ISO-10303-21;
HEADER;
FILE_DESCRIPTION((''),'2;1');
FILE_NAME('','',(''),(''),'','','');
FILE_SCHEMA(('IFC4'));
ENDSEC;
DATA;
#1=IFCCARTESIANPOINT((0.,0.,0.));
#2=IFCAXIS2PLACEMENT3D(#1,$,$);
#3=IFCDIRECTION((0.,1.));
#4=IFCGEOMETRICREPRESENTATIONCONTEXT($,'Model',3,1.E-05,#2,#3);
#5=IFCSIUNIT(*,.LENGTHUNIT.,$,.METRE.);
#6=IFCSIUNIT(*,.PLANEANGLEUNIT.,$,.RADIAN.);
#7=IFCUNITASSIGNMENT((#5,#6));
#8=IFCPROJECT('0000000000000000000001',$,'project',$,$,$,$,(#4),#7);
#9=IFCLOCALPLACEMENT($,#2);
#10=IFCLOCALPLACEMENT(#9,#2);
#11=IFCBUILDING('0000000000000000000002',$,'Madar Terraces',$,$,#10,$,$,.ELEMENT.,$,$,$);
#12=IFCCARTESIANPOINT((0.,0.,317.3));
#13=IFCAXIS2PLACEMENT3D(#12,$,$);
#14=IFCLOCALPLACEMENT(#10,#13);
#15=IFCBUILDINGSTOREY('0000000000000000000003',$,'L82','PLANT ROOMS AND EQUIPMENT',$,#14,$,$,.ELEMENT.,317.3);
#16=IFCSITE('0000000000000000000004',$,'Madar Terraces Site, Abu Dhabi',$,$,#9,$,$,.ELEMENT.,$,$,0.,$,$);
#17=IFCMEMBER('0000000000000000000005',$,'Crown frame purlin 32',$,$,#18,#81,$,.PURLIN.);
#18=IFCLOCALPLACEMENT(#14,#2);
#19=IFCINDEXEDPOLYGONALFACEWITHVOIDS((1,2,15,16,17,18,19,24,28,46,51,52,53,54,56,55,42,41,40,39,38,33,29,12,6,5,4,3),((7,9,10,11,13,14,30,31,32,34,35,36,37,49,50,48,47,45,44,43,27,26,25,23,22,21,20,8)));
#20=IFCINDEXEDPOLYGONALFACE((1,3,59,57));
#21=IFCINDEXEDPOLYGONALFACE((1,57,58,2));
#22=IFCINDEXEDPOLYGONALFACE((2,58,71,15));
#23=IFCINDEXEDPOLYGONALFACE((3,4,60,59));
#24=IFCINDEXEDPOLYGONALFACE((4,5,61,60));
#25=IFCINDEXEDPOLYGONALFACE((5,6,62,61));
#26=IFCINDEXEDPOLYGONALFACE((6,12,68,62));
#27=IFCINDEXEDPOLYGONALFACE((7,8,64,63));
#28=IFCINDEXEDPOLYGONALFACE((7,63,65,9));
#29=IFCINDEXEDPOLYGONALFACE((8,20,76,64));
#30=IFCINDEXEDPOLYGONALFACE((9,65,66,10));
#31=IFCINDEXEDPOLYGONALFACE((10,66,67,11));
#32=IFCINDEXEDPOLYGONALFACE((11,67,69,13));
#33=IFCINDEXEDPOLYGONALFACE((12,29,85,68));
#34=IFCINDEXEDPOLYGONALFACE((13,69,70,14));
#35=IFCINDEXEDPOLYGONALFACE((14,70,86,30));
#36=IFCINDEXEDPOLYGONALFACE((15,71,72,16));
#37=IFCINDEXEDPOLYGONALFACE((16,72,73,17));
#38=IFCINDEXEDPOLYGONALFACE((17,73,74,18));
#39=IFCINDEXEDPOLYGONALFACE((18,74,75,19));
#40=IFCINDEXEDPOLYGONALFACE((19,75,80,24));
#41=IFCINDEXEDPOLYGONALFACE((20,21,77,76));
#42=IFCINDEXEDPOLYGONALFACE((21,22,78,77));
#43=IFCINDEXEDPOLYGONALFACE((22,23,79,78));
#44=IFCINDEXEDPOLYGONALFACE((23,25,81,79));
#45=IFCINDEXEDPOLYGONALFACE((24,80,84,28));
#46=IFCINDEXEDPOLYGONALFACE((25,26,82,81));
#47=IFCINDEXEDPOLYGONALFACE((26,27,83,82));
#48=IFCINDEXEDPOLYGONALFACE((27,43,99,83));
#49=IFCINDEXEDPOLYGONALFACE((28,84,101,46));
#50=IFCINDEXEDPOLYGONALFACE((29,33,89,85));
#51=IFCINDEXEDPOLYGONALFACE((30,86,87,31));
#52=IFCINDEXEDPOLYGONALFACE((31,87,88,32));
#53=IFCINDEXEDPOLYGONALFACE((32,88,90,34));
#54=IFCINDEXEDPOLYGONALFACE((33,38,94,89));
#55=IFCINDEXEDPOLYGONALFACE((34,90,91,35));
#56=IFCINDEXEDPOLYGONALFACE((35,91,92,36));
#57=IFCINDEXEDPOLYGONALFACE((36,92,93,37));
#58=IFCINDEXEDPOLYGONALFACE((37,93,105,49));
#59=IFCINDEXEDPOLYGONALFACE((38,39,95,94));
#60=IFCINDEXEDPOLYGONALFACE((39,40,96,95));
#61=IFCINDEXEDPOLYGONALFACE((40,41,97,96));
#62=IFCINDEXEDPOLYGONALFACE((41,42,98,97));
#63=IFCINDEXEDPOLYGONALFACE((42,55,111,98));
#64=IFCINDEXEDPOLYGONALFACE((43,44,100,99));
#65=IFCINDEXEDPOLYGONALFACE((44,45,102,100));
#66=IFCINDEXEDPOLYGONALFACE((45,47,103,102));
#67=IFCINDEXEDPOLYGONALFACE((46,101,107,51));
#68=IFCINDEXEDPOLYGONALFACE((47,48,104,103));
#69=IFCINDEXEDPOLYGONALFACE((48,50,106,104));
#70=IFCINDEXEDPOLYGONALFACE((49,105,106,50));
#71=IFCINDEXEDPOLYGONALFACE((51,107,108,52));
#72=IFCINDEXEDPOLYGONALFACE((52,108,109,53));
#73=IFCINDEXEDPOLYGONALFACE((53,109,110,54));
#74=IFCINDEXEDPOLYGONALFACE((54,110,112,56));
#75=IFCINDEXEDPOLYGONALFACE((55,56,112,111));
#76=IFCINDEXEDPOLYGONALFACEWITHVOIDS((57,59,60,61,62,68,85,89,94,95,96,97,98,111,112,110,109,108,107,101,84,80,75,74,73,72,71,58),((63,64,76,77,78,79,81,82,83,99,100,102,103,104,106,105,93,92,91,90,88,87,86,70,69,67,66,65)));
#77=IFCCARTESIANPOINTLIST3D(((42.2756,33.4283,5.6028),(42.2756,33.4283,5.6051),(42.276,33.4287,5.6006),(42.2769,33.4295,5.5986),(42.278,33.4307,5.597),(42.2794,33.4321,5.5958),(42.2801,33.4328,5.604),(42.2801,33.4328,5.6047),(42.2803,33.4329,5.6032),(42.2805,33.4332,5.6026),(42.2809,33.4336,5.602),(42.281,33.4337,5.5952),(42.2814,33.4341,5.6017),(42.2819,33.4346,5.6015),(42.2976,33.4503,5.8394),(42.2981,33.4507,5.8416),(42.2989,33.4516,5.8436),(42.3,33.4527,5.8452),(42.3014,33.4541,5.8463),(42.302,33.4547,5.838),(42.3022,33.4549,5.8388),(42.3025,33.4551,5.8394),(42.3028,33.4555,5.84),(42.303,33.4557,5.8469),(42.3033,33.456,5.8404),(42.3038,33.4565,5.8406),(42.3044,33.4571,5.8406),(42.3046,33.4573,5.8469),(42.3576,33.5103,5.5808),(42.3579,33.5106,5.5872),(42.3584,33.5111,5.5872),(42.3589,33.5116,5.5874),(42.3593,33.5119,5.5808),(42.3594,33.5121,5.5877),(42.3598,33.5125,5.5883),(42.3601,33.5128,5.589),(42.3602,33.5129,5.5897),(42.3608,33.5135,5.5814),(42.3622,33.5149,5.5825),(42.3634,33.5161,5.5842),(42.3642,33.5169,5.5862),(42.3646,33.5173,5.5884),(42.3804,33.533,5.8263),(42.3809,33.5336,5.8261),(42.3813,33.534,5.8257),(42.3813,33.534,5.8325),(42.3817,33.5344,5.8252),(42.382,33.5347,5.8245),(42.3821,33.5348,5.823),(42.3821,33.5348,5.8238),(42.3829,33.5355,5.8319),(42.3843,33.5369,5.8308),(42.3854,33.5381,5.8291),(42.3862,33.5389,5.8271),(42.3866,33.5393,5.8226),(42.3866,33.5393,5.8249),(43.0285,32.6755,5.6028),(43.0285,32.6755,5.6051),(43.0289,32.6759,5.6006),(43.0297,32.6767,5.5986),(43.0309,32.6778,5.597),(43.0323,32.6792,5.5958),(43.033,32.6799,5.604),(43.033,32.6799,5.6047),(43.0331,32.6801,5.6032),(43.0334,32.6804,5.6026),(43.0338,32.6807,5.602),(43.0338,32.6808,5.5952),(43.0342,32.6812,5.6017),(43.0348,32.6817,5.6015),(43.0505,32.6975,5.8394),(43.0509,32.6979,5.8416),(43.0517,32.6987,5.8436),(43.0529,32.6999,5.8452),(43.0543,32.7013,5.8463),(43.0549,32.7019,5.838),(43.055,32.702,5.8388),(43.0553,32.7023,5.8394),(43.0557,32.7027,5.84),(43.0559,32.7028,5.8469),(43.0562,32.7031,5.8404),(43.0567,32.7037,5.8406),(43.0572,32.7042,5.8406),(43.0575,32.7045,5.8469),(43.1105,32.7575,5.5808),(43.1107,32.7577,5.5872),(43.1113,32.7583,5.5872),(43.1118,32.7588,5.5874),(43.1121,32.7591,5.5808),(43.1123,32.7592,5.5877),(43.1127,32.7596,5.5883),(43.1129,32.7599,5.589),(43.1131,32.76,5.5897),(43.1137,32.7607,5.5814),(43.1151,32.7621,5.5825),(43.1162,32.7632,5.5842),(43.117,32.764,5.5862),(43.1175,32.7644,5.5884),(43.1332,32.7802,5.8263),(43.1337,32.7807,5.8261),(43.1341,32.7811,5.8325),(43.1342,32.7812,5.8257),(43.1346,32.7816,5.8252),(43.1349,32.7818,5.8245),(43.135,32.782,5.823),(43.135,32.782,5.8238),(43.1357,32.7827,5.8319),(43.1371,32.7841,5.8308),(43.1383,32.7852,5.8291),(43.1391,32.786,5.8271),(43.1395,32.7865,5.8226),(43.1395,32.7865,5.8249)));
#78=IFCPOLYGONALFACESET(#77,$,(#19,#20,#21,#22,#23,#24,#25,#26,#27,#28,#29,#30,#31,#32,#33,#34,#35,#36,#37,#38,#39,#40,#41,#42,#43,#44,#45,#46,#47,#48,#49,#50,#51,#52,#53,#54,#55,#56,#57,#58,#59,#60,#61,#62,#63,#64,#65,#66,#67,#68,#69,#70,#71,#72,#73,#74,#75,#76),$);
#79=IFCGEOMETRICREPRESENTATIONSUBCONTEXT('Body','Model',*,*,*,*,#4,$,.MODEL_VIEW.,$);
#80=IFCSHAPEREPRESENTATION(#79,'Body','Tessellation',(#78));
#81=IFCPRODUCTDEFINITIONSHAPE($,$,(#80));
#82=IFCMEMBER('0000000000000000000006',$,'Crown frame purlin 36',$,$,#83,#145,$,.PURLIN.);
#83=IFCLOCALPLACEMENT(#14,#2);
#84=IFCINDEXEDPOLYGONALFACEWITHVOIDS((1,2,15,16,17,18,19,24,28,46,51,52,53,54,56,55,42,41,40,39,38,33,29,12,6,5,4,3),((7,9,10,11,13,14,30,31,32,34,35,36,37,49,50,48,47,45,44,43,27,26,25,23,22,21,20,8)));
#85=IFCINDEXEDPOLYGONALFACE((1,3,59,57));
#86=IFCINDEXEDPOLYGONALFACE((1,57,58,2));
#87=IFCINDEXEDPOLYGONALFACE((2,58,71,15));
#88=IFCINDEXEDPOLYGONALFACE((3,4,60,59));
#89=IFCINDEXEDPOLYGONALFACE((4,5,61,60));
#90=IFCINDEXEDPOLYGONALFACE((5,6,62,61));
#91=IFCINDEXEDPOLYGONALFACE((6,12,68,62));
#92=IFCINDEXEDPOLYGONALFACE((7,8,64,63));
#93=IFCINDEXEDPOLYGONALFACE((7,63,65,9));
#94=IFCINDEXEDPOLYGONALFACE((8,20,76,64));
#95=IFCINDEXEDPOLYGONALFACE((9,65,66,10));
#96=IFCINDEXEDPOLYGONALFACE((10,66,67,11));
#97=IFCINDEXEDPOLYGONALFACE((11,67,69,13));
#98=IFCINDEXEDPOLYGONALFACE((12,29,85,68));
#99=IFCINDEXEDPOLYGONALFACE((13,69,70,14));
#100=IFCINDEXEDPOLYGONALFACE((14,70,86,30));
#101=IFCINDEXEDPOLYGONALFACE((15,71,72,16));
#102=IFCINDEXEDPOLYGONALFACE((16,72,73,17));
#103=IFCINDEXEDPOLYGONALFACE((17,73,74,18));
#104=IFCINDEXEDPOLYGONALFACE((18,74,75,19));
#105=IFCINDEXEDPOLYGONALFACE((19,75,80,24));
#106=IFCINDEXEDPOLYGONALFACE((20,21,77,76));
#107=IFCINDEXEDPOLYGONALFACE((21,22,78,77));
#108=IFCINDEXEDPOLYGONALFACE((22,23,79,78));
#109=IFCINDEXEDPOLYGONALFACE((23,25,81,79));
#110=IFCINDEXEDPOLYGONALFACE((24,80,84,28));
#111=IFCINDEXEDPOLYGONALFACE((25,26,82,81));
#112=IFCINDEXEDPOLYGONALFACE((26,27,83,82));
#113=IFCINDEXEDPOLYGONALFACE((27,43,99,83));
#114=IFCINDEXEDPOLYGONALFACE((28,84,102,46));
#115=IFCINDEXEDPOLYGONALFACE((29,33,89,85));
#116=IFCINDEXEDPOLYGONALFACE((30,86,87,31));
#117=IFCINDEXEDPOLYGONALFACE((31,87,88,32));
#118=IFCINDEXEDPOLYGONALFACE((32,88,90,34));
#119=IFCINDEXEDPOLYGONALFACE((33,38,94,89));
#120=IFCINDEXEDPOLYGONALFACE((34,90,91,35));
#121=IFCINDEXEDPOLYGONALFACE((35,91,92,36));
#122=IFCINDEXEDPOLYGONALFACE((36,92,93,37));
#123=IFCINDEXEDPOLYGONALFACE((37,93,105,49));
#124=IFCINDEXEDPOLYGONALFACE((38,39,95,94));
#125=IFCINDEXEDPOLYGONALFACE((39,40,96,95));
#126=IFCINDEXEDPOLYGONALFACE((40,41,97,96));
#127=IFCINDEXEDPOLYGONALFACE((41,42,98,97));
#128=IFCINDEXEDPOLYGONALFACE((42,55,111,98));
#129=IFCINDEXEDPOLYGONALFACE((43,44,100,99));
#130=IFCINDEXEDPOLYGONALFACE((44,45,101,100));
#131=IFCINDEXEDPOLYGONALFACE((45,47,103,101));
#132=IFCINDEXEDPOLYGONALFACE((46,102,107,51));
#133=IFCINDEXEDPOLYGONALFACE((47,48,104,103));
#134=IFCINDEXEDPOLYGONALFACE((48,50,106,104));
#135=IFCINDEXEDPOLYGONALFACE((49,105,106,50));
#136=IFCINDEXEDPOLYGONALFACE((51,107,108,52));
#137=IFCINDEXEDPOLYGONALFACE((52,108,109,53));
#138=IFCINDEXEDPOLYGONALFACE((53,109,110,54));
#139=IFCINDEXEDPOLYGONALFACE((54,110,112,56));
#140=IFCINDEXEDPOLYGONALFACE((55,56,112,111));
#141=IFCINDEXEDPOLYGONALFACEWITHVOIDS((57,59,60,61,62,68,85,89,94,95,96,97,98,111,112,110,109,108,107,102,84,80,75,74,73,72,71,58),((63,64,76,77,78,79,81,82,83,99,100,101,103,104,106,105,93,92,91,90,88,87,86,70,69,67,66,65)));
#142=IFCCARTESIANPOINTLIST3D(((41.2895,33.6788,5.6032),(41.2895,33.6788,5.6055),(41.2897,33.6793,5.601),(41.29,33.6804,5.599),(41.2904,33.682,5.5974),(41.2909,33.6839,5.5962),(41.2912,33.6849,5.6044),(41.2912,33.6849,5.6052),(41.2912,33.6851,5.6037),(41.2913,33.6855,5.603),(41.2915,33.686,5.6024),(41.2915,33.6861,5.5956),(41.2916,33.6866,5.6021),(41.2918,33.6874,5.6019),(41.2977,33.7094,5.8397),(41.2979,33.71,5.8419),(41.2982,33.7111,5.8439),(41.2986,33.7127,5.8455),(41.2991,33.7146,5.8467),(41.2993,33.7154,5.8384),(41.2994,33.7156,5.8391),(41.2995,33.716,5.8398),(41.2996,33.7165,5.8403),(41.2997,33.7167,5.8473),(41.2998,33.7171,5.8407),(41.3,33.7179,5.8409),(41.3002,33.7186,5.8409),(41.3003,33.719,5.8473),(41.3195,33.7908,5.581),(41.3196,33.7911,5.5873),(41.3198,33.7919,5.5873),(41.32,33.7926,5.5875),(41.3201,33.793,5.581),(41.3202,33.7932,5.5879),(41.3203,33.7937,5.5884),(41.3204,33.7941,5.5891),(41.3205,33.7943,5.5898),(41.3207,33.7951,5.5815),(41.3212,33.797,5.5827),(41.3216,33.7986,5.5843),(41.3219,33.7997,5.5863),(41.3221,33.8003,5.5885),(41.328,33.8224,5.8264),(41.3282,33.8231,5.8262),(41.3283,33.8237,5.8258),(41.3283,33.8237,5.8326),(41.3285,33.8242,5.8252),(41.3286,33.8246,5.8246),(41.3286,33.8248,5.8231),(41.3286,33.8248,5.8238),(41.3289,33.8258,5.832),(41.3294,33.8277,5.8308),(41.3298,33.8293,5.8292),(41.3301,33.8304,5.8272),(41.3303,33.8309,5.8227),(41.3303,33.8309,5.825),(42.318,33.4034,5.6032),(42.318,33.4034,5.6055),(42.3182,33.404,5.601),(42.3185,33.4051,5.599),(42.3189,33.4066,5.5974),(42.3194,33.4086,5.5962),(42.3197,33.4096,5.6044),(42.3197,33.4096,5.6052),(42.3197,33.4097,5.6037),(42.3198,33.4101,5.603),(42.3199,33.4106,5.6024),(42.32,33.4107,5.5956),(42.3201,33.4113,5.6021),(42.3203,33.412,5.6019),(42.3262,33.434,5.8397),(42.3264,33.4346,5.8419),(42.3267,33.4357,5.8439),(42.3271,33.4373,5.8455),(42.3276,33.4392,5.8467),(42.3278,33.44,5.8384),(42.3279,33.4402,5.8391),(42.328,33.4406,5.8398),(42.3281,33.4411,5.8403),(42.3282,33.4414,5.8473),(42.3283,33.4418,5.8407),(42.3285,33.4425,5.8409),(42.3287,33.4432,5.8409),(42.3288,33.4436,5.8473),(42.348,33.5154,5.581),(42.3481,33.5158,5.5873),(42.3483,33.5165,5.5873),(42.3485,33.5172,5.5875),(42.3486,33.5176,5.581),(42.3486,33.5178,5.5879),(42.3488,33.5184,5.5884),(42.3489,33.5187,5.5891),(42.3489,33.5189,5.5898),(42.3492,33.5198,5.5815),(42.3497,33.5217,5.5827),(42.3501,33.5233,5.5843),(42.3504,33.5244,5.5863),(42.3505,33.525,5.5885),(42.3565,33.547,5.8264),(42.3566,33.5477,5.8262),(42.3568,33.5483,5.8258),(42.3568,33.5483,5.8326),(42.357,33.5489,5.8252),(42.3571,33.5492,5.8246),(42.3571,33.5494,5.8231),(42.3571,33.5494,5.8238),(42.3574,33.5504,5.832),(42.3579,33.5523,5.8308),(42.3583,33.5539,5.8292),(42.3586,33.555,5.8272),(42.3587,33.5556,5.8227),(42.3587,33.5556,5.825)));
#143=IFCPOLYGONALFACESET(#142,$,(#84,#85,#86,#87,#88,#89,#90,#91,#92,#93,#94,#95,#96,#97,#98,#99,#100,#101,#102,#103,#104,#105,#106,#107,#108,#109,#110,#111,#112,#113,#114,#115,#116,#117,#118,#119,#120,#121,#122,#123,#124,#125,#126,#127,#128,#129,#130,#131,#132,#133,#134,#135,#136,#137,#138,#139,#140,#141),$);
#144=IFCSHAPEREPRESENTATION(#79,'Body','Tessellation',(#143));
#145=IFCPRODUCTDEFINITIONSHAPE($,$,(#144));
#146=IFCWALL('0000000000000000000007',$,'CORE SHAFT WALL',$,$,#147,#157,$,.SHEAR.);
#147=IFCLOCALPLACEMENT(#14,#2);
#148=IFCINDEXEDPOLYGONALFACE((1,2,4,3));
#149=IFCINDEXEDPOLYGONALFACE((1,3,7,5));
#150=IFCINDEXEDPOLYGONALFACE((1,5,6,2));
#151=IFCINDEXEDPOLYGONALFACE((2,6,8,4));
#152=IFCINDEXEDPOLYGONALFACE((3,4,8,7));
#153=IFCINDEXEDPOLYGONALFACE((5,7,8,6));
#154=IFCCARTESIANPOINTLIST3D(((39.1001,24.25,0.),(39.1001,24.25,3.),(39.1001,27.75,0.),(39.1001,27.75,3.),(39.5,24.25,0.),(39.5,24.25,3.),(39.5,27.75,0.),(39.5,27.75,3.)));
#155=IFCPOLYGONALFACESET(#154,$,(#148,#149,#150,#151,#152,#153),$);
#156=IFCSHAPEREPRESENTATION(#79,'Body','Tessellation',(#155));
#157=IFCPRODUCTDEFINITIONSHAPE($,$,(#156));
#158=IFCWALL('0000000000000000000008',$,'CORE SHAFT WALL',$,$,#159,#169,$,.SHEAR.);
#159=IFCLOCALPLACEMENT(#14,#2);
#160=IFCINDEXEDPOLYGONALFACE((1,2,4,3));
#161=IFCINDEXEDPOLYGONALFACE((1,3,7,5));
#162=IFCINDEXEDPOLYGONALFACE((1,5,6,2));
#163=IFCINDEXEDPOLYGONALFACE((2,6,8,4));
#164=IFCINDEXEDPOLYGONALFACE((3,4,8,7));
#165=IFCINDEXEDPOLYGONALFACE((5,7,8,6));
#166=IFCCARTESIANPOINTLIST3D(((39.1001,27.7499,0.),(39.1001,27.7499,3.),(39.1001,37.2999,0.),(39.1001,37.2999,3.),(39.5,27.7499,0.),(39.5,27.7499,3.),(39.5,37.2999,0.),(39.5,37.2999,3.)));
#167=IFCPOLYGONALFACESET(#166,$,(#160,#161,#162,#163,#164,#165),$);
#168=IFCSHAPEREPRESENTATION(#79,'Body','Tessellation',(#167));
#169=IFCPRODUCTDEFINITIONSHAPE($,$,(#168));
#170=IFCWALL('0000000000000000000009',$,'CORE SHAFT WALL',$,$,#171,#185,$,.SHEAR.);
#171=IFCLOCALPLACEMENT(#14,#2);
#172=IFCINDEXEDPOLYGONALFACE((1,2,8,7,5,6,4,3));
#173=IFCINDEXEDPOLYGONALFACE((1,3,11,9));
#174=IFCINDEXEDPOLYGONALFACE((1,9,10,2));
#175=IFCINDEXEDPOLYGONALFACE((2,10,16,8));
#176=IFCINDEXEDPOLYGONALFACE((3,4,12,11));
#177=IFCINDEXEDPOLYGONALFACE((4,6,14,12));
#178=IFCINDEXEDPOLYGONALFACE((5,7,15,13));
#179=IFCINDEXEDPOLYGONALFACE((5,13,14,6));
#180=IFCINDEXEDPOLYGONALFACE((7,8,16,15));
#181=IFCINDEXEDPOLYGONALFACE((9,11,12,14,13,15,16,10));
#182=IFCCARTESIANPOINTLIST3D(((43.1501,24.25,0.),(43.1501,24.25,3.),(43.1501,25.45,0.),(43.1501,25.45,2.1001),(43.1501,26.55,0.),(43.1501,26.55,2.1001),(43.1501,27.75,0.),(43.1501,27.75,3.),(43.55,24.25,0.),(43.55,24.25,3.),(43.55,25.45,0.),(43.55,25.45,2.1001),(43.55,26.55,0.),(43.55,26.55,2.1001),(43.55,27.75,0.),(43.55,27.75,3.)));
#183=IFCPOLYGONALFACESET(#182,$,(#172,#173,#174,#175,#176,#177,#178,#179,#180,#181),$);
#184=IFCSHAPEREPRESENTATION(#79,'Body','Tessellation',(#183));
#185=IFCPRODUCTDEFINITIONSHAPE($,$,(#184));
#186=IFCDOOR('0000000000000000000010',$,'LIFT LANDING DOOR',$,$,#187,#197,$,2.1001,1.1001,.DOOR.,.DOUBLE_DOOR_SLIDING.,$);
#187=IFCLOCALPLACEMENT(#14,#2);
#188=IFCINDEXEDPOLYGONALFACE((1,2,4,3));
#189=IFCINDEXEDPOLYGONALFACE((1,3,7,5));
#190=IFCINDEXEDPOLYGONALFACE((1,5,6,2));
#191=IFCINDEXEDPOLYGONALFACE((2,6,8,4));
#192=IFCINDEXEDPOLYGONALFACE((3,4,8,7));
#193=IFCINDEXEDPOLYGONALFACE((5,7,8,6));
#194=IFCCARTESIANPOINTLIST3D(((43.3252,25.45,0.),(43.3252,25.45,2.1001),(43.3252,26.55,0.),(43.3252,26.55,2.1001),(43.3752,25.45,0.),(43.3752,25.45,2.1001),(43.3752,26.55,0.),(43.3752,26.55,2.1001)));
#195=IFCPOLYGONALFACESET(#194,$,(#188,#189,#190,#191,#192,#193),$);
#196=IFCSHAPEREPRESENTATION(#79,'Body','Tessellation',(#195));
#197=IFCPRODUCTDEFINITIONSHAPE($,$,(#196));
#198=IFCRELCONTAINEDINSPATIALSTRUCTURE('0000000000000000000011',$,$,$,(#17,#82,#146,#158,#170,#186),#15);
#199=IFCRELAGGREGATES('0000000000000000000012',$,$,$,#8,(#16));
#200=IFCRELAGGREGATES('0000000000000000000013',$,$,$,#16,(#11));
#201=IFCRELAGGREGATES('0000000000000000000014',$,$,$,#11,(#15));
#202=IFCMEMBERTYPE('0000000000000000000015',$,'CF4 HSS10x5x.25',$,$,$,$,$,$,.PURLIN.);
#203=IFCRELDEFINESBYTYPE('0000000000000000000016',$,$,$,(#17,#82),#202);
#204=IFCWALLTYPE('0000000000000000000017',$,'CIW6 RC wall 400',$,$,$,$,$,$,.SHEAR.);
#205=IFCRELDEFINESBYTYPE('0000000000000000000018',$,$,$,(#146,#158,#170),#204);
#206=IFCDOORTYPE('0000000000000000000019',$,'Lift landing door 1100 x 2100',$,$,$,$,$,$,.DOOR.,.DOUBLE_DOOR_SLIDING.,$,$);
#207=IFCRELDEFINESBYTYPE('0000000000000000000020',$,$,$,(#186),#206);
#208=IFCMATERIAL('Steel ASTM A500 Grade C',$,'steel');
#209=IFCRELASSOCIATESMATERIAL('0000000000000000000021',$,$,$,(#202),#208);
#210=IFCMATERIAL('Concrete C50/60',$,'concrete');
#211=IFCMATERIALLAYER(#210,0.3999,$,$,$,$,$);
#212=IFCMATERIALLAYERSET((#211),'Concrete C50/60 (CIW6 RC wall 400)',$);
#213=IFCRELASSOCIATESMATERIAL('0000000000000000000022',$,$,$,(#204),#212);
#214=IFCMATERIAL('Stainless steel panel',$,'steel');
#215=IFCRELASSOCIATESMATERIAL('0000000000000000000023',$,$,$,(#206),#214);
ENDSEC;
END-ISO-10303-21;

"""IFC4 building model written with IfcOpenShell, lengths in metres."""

from ifc_helpers import new_model, si_unit, direction, frame, frame_2d, origin, origin_2d, place, context, subcontext, project, spatial, rectangle, hollow_rectangle, extrude, material, layer, layer_set, material_profile, profile_set, type_object, element, fill, save


model = new_model("IFC4")

# Units and contexts
model_context = context("Model", 3, precision=1e-05, world=origin(), true_north=direction((0.0, 1.0)))
body_context = subcontext(model_context, "Body", "Model", "MODEL_VIEW")
ifc_project = project(units=[si_unit("LENGTHUNIT", "METRE"), si_unit("PLANEANGLEUNIT", "RADIAN")], contexts=[model_context])

# Site, building, storey
site_placement = place(None, origin())
site = spatial("IfcSite", under=ifc_project, at=site_placement, Name="Madar Terraces Site, Abu Dhabi", CompositionType="ELEMENT", RefElevation=0.0)
building_placement = place(site_placement, origin())
building = spatial("IfcBuilding", under=site, at=building_placement, Name="Madar Terraces", CompositionType="ELEMENT")
storey_placement = place(building_placement, frame((0.0, 0.0, 317.3)))
storey = spatial("IfcBuildingStorey", under=building, at=storey_placement, Name="L82", Description="PLANT ROOMS AND EQUIPMENT", CompositionType="ELEMENT", Elevation=317.3)

# Members
ifc_material_1 = material(Name="Steel ASTM A500 Grade C", Category="steel")
ifc_material_profile = material_profile(ifc_material_1, hollow_rectangle(XDim=0.127, YDim=0.2539, WallThickness=0.0063, InnerFilletRadius=0.0029, OuterFilletRadius=0.0088, at=origin_2d()), Name="HSS10x5x.25")
ifc_profile_set = profile_set([ifc_material_profile], Name="Steel ASTM A500 Grade C")
member_type = type_object("IfcMemberType", Name="CF4 HSS10x5x.25", PredefinedType="PURLIN", material=ifc_profile_set)
for number, where, z_axis, x_axis, name in (
    (1, (43.084, 32.731, 5.7139), (-0.707107, 0.707107, 0.0), (-0.700941, -0.700941, 0.131765), "Crown frame purlin 32"),
    (2, (42.3384, 33.4795, 5.7141), (-0.965976, 0.258633, 0.0), (-0.256297, -0.957253, 0.134086), "Crown frame purlin 36"),
):
    element("IfcMember", number, at=place(storey_placement, frame(where, z_axis=z_axis, x_axis=x_axis)), inside=storey, type_object=member_type, Name=name, PredefinedType="PURLIN", context=body_context, shape_type="SweptSolid", body=[
        extrude(hollow_rectangle(XDim=0.127, YDim=0.2539, WallThickness=0.0063, InnerFilletRadius=0.0029, OuterFilletRadius=0.0088, at=origin_2d()), origin(), (0.0, 0.0, 1.0), 1.0647),
    ])

# Walls
ifc_material_2 = material(Name="Concrete C50/60", Category="concrete")
ifc_layer_1 = layer(ifc_material_2, 0.3999)
ifc_layer_set_1 = layer_set([ifc_layer_1], Name="Concrete C50/60 (CIW6 RC wall 400)")
wall_type_1 = type_object("IfcWallType", Name="CIW6 RC wall 400", PredefinedType="SHEAR", material=ifc_layer_set_1)
wall_1_placement = place(storey_placement, frame((39.3, 24.25, 0.0), z_axis=(0.0, 0.0, 1.0), x_axis=(0.0, 1.0, 0.0)))
element("IfcWall", 3, at=wall_1_placement, inside=storey, type_object=wall_type_1, Name="CORE SHAFT WALL", PredefinedType="SHEAR", context=body_context, shape_type="SweptSolid", body=[
    extrude(rectangle(XDim=3.5, YDim=0.3999, at=frame_2d((1.75, 0.0))), origin(), (0.0, 0.0, 1.0), 3.0),
])
wall_2_placement = place(storey_placement, frame((39.3, 27.75, 0.0), z_axis=(0.0, 0.0, 1.0), x_axis=(0.0, 1.0, 0.0)))
element("IfcWall", 4, at=wall_2_placement, inside=storey, type_object=wall_type_1, Name="CORE SHAFT WALL", PredefinedType="SHEAR", context=body_context, shape_type="SweptSolid", body=[
    extrude(rectangle(XDim=9.55, YDim=0.3999, at=frame_2d((4.7749, 0.0))), origin(), (0.0, 0.0, 1.0), 3.0),
])

# Wall, opening, door
wall_3_placement = place(storey_placement, frame((43.3501, 24.25, 0.0), z_axis=(0.0, 0.0, 1.0), x_axis=(0.0, 1.0, 0.0)))
wall_3 = element("IfcWall", 5, at=wall_3_placement, inside=storey, type_object=wall_type_1, Name="CORE SHAFT WALL", PredefinedType="SHEAR", context=body_context, shape_type="SweptSolid", body=[
    extrude(rectangle(XDim=3.5, YDim=0.3999, at=frame_2d((1.75, 0.0))), origin(), (0.0, 0.0, 1.0), 3.0),
])
opening_1_placement = place(wall_3_placement, frame((1.2, 0.0, 0.0)))
opening_1 = element("IfcOpeningElement", 6, at=opening_1_placement, cuts=wall_3, PredefinedType="OPENING", context=body_context, shape_type="SweptSolid", body=[
    extrude(rectangle(XDim=1.1001, YDim=2.1001, at=frame_2d((0.55, 1.05))), frame((0.0, 0.21, 0.0), z_axis=(0.0, -1.0, 0.0), x_axis=(1.0, 0.0, 0.0)), (0.0, 0.0, 1.0), 0.4199),
])
ifc_material_3 = material(Name="Stainless steel panel", Category="steel")
door_type_1 = type_object("IfcDoorType", Name="Lift landing door 1100 x 2100", OperationType="DOUBLE_DOOR_SLIDING", PredefinedType="DOOR", material=ifc_material_3)
door_1_placement = place(opening_1_placement, origin())
door_1 = element("IfcDoor", 7, at=door_1_placement, inside=storey, type_object=door_type_1, Name="LIFT LANDING DOOR", OperationType="DOUBLE_DOOR_SLIDING", OverallHeight=2.1001, OverallWidth=1.1001, PredefinedType="DOOR", context=body_context, shape_type="SweptSolid", body=[
    extrude(rectangle(XDim=1.1001, YDim=2.1001, at=frame_2d((0.55, 1.05))), frame((0.0, 0.0249, 0.0), z_axis=(0.0, -1.0, 0.0), x_axis=(1.0, 0.0, 0.0)), (0.0, 0.0, 1.0), 0.05),
])
fill(opening_1, door_1)

save(model, "model.ifc")
